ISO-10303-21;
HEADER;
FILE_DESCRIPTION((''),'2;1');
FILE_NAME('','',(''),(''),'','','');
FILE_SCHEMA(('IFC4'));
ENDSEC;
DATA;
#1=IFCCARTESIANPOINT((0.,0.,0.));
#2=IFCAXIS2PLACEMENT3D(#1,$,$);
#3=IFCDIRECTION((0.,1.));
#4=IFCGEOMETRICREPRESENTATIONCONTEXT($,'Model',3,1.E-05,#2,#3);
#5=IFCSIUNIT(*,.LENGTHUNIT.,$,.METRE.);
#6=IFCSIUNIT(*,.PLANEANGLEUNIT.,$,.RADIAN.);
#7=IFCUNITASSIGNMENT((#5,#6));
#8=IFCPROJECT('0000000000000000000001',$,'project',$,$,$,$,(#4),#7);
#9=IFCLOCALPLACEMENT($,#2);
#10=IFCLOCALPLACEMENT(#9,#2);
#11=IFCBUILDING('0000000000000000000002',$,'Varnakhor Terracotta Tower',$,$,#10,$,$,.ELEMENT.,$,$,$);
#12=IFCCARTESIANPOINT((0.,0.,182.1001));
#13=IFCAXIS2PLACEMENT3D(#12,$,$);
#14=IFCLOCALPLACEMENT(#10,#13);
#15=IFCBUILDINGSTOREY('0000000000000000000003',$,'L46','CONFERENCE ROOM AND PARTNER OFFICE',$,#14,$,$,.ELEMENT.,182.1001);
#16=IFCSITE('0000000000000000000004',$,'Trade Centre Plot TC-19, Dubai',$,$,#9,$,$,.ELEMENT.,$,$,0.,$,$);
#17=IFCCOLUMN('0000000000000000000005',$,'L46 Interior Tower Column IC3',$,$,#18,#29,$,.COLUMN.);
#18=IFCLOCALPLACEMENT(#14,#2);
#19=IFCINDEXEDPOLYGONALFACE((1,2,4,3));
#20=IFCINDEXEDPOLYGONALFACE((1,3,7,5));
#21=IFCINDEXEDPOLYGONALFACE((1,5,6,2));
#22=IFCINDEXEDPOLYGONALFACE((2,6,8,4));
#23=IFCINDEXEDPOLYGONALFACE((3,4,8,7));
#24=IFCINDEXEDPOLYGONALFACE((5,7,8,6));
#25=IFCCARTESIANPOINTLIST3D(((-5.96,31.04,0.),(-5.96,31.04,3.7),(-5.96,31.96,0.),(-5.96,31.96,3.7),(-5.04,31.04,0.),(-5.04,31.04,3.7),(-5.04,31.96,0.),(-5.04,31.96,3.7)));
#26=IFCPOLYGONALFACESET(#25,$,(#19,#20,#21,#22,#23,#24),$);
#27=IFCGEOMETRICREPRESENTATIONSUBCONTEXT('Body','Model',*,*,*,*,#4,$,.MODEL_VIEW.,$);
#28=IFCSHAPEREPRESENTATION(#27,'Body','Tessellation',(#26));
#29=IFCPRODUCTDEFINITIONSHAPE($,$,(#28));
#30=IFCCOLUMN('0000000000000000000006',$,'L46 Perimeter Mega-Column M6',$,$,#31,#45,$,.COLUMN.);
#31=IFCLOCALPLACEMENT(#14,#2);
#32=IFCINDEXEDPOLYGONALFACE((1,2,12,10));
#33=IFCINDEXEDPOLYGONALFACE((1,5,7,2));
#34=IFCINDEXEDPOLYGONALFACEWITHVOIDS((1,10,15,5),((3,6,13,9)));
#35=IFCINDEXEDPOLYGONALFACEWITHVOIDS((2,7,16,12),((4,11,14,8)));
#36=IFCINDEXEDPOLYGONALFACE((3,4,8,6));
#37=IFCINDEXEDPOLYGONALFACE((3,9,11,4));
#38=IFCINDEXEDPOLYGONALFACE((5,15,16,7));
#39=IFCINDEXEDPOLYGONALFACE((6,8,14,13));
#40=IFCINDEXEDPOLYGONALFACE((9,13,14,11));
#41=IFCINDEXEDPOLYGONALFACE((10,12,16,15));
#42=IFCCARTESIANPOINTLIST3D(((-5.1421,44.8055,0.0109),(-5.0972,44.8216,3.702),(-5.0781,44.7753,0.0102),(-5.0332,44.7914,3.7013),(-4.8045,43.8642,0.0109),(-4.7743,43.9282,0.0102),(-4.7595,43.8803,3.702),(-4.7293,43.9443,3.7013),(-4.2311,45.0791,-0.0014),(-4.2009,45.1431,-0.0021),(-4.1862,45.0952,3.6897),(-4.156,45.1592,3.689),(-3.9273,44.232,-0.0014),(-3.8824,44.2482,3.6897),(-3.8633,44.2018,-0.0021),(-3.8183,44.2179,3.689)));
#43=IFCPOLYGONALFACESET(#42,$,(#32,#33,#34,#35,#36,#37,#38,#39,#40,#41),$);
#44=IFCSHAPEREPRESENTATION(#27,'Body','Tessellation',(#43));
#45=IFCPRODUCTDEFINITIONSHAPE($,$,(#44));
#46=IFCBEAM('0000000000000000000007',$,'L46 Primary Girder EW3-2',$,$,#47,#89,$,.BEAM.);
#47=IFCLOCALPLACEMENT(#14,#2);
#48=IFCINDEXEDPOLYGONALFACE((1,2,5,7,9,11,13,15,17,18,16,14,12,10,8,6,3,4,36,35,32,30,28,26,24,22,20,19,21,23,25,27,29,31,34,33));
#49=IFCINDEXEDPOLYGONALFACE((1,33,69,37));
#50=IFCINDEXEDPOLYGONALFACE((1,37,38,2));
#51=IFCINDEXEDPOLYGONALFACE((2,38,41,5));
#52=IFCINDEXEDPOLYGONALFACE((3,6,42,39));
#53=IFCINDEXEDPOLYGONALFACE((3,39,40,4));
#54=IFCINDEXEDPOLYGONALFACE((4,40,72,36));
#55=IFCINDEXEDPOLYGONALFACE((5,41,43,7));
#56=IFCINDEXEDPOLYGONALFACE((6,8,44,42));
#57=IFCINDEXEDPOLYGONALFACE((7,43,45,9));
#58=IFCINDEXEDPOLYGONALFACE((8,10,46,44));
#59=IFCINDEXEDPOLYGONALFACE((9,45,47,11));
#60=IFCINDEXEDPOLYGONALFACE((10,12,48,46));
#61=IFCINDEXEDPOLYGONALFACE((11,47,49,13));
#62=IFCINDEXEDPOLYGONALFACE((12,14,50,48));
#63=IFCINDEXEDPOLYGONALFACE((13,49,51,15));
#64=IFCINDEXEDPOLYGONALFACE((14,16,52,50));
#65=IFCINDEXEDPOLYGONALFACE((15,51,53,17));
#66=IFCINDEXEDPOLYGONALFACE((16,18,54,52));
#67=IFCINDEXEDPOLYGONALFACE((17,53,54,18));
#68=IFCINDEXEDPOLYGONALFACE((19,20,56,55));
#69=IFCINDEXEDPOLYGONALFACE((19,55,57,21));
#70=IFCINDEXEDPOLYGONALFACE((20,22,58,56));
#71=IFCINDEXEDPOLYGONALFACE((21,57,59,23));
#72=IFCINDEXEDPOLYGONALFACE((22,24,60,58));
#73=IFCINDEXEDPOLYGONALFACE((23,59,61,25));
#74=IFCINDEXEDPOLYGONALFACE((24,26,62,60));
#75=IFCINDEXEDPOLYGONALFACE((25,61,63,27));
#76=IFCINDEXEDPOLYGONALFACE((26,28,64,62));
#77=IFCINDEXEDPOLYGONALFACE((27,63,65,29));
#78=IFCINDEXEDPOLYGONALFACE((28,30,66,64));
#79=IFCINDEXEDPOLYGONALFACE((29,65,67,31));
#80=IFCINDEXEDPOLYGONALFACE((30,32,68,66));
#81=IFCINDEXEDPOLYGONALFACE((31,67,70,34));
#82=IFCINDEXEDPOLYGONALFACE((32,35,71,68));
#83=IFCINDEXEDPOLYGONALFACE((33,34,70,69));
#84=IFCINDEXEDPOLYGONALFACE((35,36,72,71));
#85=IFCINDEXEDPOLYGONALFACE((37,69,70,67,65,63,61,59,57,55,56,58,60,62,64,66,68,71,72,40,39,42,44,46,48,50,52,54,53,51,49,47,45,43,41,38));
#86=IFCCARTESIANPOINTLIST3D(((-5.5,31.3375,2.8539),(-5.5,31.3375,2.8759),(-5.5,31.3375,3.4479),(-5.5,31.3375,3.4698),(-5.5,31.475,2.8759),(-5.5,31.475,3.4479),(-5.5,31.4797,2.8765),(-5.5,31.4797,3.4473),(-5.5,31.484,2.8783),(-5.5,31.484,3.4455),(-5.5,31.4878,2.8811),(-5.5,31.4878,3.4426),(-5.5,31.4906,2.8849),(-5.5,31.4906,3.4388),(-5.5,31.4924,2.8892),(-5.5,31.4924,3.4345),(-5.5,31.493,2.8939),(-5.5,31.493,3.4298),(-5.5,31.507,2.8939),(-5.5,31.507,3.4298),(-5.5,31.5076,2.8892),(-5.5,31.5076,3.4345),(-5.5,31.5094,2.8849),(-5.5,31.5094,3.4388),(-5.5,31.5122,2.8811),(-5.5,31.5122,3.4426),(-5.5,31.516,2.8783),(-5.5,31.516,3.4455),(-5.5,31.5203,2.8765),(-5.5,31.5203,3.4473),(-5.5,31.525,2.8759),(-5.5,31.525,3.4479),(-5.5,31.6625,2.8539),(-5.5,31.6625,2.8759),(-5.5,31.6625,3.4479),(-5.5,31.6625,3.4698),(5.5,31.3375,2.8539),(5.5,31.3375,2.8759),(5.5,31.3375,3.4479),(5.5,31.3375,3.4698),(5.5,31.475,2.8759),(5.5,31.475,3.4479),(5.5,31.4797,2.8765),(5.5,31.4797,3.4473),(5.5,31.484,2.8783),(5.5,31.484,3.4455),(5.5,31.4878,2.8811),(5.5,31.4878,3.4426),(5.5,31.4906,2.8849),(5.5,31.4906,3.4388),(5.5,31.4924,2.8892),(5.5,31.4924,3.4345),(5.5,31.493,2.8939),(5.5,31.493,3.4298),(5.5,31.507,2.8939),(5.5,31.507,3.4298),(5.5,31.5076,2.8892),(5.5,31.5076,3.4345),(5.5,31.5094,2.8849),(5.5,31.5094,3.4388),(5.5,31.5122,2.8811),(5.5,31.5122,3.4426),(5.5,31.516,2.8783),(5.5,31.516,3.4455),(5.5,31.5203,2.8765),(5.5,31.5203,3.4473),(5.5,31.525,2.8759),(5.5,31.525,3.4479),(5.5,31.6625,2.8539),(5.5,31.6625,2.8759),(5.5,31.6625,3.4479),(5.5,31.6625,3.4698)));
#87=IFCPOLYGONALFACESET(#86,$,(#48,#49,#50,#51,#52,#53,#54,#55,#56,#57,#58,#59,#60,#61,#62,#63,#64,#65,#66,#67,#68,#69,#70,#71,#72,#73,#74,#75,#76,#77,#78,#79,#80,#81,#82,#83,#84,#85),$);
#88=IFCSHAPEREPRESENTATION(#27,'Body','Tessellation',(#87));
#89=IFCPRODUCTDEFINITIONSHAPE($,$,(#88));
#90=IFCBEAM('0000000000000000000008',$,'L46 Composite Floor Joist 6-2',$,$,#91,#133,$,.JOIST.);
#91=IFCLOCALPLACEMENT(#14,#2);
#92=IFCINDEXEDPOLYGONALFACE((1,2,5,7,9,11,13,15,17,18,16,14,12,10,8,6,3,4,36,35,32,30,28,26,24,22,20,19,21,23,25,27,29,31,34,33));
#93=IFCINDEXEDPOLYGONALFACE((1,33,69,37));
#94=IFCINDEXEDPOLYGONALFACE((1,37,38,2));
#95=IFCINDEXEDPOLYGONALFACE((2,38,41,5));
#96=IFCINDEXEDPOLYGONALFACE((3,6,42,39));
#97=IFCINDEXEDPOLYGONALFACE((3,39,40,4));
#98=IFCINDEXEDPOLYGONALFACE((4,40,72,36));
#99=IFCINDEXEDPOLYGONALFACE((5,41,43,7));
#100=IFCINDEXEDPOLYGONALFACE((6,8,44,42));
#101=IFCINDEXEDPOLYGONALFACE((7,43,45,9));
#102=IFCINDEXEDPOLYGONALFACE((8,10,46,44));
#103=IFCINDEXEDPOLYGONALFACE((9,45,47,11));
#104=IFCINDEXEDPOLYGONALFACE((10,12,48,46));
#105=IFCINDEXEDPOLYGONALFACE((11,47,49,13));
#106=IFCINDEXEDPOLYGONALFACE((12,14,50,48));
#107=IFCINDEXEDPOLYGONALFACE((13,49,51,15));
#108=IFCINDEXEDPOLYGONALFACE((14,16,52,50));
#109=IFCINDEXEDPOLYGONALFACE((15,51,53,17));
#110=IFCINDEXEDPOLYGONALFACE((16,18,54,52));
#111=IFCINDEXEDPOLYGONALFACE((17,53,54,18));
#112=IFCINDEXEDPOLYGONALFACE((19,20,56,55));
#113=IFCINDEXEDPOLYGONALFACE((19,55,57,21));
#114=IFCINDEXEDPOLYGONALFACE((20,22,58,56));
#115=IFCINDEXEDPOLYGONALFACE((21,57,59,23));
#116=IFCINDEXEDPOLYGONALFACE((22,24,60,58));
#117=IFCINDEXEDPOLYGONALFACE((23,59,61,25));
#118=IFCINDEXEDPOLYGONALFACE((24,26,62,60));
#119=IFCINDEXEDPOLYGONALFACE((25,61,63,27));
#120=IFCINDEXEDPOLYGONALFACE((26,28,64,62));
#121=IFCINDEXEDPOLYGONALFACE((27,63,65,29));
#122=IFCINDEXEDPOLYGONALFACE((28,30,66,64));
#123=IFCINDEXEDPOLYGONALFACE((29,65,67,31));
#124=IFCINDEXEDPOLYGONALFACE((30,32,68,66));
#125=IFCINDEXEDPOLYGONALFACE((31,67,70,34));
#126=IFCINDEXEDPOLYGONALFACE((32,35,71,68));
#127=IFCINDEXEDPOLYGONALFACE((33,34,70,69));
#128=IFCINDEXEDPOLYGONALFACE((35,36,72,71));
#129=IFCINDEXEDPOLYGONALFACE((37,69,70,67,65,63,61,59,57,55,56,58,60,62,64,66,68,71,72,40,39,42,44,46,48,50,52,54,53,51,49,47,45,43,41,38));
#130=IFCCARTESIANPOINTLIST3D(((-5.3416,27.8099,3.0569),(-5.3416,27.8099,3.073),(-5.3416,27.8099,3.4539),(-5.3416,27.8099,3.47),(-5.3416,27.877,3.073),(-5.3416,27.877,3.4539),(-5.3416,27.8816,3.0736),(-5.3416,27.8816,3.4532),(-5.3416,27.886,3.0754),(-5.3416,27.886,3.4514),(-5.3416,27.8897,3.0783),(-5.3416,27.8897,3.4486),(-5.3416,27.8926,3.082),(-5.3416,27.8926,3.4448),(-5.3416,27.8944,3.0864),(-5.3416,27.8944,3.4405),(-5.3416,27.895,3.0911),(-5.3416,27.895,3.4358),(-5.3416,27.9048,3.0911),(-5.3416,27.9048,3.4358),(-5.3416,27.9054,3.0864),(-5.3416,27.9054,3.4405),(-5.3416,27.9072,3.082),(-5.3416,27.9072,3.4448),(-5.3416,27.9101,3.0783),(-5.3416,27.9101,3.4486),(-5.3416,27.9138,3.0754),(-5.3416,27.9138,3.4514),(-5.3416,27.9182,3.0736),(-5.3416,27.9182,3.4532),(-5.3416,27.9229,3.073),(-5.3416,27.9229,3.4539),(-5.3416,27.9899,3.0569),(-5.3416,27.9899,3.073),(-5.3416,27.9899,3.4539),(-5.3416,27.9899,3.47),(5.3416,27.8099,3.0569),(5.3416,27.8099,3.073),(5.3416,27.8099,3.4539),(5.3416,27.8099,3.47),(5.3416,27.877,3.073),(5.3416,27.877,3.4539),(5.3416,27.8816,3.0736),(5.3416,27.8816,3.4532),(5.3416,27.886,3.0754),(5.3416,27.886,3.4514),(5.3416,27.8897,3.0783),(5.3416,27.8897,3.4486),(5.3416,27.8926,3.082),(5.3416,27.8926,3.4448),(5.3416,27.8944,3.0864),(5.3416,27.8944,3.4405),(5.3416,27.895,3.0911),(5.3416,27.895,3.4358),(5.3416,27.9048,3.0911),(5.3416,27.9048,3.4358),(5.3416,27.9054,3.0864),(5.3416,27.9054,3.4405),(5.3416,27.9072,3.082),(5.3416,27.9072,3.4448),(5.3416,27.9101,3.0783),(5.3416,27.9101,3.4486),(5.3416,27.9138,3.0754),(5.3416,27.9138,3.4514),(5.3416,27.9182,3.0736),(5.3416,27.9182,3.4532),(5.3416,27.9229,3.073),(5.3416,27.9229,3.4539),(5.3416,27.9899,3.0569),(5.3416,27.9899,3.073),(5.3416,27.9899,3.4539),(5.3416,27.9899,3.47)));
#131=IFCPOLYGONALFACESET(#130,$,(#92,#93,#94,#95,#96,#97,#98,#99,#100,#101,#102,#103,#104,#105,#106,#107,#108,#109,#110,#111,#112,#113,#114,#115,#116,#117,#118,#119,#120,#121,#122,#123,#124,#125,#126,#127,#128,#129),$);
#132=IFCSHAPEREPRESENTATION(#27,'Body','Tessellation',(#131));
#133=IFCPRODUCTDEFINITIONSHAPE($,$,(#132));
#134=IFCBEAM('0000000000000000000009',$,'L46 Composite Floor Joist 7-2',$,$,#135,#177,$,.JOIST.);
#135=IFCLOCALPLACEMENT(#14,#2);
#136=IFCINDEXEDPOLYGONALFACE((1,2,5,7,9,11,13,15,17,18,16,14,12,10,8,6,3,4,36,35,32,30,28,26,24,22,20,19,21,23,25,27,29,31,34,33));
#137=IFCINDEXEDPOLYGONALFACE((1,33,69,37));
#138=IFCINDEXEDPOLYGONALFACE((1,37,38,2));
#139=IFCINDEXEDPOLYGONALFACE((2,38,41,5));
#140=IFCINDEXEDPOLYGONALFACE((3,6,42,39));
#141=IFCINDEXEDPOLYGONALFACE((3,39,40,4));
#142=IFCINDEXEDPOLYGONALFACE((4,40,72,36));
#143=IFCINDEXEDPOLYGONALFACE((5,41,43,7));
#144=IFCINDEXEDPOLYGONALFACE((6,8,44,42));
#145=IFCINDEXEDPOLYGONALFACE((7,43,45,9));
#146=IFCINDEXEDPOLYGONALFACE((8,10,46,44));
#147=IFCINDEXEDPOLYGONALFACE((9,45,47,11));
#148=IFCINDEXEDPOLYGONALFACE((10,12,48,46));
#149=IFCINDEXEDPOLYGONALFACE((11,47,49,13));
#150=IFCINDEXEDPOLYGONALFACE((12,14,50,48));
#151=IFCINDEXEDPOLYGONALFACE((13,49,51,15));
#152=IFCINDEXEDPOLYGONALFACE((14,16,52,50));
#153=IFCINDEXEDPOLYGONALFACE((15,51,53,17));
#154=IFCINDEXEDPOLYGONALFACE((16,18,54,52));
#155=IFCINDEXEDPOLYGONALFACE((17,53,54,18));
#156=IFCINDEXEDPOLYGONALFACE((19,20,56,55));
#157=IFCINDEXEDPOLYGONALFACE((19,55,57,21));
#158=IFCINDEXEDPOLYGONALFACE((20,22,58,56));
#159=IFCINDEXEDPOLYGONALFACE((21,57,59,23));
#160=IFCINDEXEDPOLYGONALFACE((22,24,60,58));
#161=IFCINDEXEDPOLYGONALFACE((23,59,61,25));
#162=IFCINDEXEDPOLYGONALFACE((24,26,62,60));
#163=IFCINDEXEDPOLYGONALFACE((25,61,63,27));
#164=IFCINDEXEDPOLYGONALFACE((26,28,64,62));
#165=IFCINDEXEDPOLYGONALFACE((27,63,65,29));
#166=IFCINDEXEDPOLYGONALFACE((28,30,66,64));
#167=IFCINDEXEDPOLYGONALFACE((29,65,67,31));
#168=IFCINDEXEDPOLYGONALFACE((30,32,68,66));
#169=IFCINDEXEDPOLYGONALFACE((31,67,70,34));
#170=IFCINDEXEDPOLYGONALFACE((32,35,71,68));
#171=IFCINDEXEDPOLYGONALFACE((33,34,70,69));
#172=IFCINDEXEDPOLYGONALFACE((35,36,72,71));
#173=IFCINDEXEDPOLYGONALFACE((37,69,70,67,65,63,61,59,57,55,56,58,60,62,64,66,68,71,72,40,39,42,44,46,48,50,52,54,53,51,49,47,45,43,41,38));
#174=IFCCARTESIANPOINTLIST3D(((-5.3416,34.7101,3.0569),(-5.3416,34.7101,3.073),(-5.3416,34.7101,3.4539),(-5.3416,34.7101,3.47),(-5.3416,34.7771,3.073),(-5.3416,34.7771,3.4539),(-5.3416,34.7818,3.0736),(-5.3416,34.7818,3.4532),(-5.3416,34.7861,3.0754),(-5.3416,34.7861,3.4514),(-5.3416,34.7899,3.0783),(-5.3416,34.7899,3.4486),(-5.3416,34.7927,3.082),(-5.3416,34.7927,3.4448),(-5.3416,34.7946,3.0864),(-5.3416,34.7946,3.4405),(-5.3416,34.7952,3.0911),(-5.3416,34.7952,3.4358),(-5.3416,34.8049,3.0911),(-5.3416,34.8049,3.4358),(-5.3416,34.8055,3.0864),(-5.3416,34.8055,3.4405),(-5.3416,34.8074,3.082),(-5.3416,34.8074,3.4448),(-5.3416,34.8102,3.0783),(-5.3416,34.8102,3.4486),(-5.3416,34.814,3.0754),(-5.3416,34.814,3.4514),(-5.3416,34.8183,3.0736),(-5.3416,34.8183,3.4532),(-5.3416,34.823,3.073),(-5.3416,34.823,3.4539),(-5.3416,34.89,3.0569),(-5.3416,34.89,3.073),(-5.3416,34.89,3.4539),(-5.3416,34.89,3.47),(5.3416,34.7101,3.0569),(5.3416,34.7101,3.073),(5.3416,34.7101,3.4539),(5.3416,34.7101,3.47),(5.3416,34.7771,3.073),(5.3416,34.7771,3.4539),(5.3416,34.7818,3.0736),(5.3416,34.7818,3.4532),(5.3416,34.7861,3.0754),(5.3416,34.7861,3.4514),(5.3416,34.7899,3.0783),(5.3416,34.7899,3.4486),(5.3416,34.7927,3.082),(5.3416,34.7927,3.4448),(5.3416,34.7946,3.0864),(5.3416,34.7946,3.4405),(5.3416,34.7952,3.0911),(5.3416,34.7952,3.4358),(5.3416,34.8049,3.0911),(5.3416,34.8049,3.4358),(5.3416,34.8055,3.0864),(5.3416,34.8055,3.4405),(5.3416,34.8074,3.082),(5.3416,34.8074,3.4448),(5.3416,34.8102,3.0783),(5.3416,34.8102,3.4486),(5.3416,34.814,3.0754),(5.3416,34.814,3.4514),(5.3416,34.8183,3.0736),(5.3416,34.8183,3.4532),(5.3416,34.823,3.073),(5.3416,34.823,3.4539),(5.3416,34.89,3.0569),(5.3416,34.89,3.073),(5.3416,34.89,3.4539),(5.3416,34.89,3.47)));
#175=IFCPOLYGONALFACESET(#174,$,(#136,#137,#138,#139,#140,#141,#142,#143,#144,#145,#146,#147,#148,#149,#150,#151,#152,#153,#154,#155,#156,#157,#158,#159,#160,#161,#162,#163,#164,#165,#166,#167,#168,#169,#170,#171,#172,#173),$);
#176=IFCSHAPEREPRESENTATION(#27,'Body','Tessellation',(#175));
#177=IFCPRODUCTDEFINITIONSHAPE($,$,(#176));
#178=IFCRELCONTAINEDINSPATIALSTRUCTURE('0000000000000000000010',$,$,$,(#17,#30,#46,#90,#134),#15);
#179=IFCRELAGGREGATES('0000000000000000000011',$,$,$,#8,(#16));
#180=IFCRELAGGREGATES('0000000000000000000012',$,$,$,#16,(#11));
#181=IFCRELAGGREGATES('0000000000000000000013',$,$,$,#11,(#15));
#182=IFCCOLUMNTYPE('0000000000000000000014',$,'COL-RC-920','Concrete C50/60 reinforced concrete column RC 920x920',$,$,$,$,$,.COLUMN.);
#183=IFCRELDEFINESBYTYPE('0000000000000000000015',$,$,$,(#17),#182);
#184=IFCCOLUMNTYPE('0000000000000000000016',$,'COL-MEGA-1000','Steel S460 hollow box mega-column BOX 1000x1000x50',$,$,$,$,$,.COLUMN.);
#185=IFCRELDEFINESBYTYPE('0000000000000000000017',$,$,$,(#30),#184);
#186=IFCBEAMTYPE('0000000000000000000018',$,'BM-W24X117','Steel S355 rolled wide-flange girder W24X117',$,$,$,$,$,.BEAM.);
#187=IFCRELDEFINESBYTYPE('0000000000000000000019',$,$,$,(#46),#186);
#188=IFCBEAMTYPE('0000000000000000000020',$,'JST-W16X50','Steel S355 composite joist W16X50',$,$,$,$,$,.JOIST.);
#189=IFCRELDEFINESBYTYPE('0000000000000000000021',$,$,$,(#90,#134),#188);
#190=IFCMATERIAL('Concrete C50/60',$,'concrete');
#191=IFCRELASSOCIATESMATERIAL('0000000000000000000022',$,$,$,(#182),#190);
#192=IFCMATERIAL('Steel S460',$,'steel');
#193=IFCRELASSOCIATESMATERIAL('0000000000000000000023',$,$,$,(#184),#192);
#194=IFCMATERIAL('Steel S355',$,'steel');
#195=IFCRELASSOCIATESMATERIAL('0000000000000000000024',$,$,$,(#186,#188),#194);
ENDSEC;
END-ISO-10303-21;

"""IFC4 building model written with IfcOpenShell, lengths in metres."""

from ifc_helpers import new_model, si_unit, direction, frame, origin, origin_2d, place, context, subcontext, project, spatial, rectangle, hollow_rectangle, i_section, extrude, source, transform, mapped, material, material_profile, profile_set, type_object, type_shapes, element, save


model = new_model("IFC4")

# Units and contexts
model_context = context("Model", 3, precision=1e-05, world=origin(), true_north=direction((0.0, 1.0)))
body_context = subcontext(model_context, "Body", "Model", "MODEL_VIEW")
ifc_project = project(units=[si_unit("LENGTHUNIT", "METRE"), si_unit("PLANEANGLEUNIT", "RADIAN")], contexts=[model_context])

# Site, building, storey
site_placement = place(None, origin())
site = spatial("IfcSite", under=ifc_project, at=site_placement, Name="Trade Centre Plot TC-19, Dubai", CompositionType="ELEMENT", RefElevation=0.0)
building_placement = place(site_placement, origin())
building = spatial("IfcBuilding", under=site, at=building_placement, Name="Varnakhor Terracotta Tower", CompositionType="ELEMENT")
storey_placement = place(building_placement, frame((0.0, 0.0, 182.1001)))
storey = spatial("IfcBuildingStorey", under=building, at=storey_placement, Name="L46", Description="CONFERENCE ROOM AND PARTNER OFFICE", CompositionType="ELEMENT", Elevation=182.1001)

# Columns
ifc_material_1 = material(Name="Concrete C50/60", Category="concrete")
ifc_material_profile_1 = material_profile(ifc_material_1, rectangle(XDim=0.9199, YDim=0.9199, at=origin_2d()), Name="RC 920x920")
ifc_profile_set_1 = profile_set([ifc_material_profile_1], Name="Concrete C50/60")
column_type_1 = type_object("IfcColumnType", Name="COL-RC-920", Description="Concrete C50/60 reinforced concrete column RC 920x920", PredefinedType="COLUMN", material=ifc_profile_set_1)
shared_shape_1 = source(origin(), body_context, "Body", "SweptSolid", [
    extrude(rectangle(XDim=0.9199, YDim=0.9199, at=origin_2d()), origin(), (0.0, 0.0, 1.0), 3.7),
])
column_1_placement = place(storey_placement, frame((-5.5, 31.5, 0.0), z_axis=(0.0, 0.0, 1.0), x_axis=(1.0, 0.0, 0.0)))
element("IfcColumn", 1, at=column_1_placement, inside=storey, type_object=column_type_1, Name="L46 Interior Tower Column IC3", PredefinedType="COLUMN", context=body_context, shape_type="MappedRepresentation", body=[
    mapped(shared_shape_1, transform((0.0, 0.0, 0.0), scale=1.0)),
])
ifc_material_2 = material(Name="Steel S460", Category="steel")
ifc_material_profile_2 = material_profile(ifc_material_2, hollow_rectangle(XDim=1.0, YDim=1.0, WallThickness=0.05, at=origin_2d()), Name="BOX 1000x1000x50")
ifc_profile_set_2 = profile_set([ifc_material_profile_2], Name="Steel S460")
column_type_2 = type_object("IfcColumnType", Name="COL-MEGA-1000", Description="Steel S460 hollow box mega-column BOX 1000x1000x50", PredefinedType="COLUMN", material=ifc_profile_set_2)
shared_shape_2 = source(origin(), body_context, "Body", "SweptSolid", [
    extrude(hollow_rectangle(XDim=1.0, YDim=1.0, WallThickness=0.05, at=origin_2d()), origin(), (0.0, 0.0, 1.0), 3.6914),
])
type_shapes(column_type_2, [shared_shape_2])
column_2_placement = place(storey_placement, frame((-4.5027, 44.5037, 0.0044), z_axis=(0.012169, 0.004365, 0.999916), x_axis=(-0.337632, 0.941278, 0.0)))
element("IfcColumn", 2, at=column_2_placement, inside=storey, type_object=column_type_2, Name="L46 Perimeter Mega-Column M6", PredefinedType="COLUMN", context=body_context, shape_type="MappedRepresentation", body=[
    mapped(shared_shape_2, transform((0.0, 0.0, 0.0), scale=1.0)),
])

# Beams
ifc_material_3 = material(Name="Steel S355", Category="steel")
ifc_material_profile_3 = material_profile(ifc_material_3, i_section(OverallWidth=0.325, OverallDepth=0.616, WebThickness=0.0139, FlangeThickness=0.022, FilletRadius=0.0181, at=origin_2d()), Name="W24X117")
ifc_profile_set_3 = profile_set([ifc_material_profile_3], Name="Steel S355")
beam_type_1 = type_object("IfcBeamType", Name="BM-W24X117", Description="Steel S355 rolled wide-flange girder W24X117", PredefinedType="BEAM", material=ifc_profile_set_3)
shared_shape_3 = source(origin(), body_context, "Body", "SweptSolid", [
    extrude(i_section(OverallWidth=0.325, OverallDepth=0.616, WebThickness=0.0139, FlangeThickness=0.022, FilletRadius=0.0181, at=origin_2d()), origin(), (0.0, 0.0, 1.0), 11.0),
])
beam_1_placement = place(storey_placement, frame((-5.5, 31.5, 3.1619), z_axis=(1.0, 0.0, 0.0), x_axis=(0.0, 1.0, 0.0)))
element("IfcBeam", 3, at=beam_1_placement, inside=storey, type_object=beam_type_1, Name="L46 Primary Girder EW3-2", PredefinedType="BEAM", context=body_context, shape_type="MappedRepresentation", body=[
    mapped(shared_shape_3, transform((0.0, 0.0, 0.0), scale=1.0)),
])
ifc_material_profile_4 = material_profile(ifc_material_3, i_section(OverallWidth=0.1799, OverallDepth=0.4131, WebThickness=0.0098, FlangeThickness=0.0161, FilletRadius=0.0181, at=origin_2d()), Name="W16X50")
ifc_profile_set_4 = profile_set([ifc_material_profile_4], Name="Steel S355")
beam_type_2 = type_object("IfcBeamType", Name="JST-W16X50", Description="Steel S355 composite joist W16X50", PredefinedType="JOIST", material=ifc_profile_set_4)
shared_shape_4 = source(origin(), body_context, "Body", "SweptSolid", [
    extrude(i_section(OverallWidth=0.1799, OverallDepth=0.4131, WebThickness=0.0098, FlangeThickness=0.0161, FilletRadius=0.0181, at=origin_2d()), origin(), (0.0, 0.0, 1.0), 10.6831),
])
for number, where, z_axis, x_axis, name in (
    (4, (-5.3416, 27.8999, 3.2634), (1.0, 0.0, 0.0), (0.0, 1.0, 0.0), "L46 Composite Floor Joist 6-2"),
    (5, (-5.3416, 34.8, 3.2634), (1.0, 0.0, 0.0), (0.0, 1.0, 0.0), "L46 Composite Floor Joist 7-2"),
):
    element("IfcBeam", number, at=place(storey_placement, frame(where, z_axis=z_axis, x_axis=x_axis)), inside=storey, type_object=beam_type_2, Name=name, PredefinedType="JOIST", context=body_context, shape_type="MappedRepresentation", body=[
        mapped(shared_shape_4, transform((0.0, 0.0, 0.0), scale=1.0)),
    ])

save(model, "model.ifc")
